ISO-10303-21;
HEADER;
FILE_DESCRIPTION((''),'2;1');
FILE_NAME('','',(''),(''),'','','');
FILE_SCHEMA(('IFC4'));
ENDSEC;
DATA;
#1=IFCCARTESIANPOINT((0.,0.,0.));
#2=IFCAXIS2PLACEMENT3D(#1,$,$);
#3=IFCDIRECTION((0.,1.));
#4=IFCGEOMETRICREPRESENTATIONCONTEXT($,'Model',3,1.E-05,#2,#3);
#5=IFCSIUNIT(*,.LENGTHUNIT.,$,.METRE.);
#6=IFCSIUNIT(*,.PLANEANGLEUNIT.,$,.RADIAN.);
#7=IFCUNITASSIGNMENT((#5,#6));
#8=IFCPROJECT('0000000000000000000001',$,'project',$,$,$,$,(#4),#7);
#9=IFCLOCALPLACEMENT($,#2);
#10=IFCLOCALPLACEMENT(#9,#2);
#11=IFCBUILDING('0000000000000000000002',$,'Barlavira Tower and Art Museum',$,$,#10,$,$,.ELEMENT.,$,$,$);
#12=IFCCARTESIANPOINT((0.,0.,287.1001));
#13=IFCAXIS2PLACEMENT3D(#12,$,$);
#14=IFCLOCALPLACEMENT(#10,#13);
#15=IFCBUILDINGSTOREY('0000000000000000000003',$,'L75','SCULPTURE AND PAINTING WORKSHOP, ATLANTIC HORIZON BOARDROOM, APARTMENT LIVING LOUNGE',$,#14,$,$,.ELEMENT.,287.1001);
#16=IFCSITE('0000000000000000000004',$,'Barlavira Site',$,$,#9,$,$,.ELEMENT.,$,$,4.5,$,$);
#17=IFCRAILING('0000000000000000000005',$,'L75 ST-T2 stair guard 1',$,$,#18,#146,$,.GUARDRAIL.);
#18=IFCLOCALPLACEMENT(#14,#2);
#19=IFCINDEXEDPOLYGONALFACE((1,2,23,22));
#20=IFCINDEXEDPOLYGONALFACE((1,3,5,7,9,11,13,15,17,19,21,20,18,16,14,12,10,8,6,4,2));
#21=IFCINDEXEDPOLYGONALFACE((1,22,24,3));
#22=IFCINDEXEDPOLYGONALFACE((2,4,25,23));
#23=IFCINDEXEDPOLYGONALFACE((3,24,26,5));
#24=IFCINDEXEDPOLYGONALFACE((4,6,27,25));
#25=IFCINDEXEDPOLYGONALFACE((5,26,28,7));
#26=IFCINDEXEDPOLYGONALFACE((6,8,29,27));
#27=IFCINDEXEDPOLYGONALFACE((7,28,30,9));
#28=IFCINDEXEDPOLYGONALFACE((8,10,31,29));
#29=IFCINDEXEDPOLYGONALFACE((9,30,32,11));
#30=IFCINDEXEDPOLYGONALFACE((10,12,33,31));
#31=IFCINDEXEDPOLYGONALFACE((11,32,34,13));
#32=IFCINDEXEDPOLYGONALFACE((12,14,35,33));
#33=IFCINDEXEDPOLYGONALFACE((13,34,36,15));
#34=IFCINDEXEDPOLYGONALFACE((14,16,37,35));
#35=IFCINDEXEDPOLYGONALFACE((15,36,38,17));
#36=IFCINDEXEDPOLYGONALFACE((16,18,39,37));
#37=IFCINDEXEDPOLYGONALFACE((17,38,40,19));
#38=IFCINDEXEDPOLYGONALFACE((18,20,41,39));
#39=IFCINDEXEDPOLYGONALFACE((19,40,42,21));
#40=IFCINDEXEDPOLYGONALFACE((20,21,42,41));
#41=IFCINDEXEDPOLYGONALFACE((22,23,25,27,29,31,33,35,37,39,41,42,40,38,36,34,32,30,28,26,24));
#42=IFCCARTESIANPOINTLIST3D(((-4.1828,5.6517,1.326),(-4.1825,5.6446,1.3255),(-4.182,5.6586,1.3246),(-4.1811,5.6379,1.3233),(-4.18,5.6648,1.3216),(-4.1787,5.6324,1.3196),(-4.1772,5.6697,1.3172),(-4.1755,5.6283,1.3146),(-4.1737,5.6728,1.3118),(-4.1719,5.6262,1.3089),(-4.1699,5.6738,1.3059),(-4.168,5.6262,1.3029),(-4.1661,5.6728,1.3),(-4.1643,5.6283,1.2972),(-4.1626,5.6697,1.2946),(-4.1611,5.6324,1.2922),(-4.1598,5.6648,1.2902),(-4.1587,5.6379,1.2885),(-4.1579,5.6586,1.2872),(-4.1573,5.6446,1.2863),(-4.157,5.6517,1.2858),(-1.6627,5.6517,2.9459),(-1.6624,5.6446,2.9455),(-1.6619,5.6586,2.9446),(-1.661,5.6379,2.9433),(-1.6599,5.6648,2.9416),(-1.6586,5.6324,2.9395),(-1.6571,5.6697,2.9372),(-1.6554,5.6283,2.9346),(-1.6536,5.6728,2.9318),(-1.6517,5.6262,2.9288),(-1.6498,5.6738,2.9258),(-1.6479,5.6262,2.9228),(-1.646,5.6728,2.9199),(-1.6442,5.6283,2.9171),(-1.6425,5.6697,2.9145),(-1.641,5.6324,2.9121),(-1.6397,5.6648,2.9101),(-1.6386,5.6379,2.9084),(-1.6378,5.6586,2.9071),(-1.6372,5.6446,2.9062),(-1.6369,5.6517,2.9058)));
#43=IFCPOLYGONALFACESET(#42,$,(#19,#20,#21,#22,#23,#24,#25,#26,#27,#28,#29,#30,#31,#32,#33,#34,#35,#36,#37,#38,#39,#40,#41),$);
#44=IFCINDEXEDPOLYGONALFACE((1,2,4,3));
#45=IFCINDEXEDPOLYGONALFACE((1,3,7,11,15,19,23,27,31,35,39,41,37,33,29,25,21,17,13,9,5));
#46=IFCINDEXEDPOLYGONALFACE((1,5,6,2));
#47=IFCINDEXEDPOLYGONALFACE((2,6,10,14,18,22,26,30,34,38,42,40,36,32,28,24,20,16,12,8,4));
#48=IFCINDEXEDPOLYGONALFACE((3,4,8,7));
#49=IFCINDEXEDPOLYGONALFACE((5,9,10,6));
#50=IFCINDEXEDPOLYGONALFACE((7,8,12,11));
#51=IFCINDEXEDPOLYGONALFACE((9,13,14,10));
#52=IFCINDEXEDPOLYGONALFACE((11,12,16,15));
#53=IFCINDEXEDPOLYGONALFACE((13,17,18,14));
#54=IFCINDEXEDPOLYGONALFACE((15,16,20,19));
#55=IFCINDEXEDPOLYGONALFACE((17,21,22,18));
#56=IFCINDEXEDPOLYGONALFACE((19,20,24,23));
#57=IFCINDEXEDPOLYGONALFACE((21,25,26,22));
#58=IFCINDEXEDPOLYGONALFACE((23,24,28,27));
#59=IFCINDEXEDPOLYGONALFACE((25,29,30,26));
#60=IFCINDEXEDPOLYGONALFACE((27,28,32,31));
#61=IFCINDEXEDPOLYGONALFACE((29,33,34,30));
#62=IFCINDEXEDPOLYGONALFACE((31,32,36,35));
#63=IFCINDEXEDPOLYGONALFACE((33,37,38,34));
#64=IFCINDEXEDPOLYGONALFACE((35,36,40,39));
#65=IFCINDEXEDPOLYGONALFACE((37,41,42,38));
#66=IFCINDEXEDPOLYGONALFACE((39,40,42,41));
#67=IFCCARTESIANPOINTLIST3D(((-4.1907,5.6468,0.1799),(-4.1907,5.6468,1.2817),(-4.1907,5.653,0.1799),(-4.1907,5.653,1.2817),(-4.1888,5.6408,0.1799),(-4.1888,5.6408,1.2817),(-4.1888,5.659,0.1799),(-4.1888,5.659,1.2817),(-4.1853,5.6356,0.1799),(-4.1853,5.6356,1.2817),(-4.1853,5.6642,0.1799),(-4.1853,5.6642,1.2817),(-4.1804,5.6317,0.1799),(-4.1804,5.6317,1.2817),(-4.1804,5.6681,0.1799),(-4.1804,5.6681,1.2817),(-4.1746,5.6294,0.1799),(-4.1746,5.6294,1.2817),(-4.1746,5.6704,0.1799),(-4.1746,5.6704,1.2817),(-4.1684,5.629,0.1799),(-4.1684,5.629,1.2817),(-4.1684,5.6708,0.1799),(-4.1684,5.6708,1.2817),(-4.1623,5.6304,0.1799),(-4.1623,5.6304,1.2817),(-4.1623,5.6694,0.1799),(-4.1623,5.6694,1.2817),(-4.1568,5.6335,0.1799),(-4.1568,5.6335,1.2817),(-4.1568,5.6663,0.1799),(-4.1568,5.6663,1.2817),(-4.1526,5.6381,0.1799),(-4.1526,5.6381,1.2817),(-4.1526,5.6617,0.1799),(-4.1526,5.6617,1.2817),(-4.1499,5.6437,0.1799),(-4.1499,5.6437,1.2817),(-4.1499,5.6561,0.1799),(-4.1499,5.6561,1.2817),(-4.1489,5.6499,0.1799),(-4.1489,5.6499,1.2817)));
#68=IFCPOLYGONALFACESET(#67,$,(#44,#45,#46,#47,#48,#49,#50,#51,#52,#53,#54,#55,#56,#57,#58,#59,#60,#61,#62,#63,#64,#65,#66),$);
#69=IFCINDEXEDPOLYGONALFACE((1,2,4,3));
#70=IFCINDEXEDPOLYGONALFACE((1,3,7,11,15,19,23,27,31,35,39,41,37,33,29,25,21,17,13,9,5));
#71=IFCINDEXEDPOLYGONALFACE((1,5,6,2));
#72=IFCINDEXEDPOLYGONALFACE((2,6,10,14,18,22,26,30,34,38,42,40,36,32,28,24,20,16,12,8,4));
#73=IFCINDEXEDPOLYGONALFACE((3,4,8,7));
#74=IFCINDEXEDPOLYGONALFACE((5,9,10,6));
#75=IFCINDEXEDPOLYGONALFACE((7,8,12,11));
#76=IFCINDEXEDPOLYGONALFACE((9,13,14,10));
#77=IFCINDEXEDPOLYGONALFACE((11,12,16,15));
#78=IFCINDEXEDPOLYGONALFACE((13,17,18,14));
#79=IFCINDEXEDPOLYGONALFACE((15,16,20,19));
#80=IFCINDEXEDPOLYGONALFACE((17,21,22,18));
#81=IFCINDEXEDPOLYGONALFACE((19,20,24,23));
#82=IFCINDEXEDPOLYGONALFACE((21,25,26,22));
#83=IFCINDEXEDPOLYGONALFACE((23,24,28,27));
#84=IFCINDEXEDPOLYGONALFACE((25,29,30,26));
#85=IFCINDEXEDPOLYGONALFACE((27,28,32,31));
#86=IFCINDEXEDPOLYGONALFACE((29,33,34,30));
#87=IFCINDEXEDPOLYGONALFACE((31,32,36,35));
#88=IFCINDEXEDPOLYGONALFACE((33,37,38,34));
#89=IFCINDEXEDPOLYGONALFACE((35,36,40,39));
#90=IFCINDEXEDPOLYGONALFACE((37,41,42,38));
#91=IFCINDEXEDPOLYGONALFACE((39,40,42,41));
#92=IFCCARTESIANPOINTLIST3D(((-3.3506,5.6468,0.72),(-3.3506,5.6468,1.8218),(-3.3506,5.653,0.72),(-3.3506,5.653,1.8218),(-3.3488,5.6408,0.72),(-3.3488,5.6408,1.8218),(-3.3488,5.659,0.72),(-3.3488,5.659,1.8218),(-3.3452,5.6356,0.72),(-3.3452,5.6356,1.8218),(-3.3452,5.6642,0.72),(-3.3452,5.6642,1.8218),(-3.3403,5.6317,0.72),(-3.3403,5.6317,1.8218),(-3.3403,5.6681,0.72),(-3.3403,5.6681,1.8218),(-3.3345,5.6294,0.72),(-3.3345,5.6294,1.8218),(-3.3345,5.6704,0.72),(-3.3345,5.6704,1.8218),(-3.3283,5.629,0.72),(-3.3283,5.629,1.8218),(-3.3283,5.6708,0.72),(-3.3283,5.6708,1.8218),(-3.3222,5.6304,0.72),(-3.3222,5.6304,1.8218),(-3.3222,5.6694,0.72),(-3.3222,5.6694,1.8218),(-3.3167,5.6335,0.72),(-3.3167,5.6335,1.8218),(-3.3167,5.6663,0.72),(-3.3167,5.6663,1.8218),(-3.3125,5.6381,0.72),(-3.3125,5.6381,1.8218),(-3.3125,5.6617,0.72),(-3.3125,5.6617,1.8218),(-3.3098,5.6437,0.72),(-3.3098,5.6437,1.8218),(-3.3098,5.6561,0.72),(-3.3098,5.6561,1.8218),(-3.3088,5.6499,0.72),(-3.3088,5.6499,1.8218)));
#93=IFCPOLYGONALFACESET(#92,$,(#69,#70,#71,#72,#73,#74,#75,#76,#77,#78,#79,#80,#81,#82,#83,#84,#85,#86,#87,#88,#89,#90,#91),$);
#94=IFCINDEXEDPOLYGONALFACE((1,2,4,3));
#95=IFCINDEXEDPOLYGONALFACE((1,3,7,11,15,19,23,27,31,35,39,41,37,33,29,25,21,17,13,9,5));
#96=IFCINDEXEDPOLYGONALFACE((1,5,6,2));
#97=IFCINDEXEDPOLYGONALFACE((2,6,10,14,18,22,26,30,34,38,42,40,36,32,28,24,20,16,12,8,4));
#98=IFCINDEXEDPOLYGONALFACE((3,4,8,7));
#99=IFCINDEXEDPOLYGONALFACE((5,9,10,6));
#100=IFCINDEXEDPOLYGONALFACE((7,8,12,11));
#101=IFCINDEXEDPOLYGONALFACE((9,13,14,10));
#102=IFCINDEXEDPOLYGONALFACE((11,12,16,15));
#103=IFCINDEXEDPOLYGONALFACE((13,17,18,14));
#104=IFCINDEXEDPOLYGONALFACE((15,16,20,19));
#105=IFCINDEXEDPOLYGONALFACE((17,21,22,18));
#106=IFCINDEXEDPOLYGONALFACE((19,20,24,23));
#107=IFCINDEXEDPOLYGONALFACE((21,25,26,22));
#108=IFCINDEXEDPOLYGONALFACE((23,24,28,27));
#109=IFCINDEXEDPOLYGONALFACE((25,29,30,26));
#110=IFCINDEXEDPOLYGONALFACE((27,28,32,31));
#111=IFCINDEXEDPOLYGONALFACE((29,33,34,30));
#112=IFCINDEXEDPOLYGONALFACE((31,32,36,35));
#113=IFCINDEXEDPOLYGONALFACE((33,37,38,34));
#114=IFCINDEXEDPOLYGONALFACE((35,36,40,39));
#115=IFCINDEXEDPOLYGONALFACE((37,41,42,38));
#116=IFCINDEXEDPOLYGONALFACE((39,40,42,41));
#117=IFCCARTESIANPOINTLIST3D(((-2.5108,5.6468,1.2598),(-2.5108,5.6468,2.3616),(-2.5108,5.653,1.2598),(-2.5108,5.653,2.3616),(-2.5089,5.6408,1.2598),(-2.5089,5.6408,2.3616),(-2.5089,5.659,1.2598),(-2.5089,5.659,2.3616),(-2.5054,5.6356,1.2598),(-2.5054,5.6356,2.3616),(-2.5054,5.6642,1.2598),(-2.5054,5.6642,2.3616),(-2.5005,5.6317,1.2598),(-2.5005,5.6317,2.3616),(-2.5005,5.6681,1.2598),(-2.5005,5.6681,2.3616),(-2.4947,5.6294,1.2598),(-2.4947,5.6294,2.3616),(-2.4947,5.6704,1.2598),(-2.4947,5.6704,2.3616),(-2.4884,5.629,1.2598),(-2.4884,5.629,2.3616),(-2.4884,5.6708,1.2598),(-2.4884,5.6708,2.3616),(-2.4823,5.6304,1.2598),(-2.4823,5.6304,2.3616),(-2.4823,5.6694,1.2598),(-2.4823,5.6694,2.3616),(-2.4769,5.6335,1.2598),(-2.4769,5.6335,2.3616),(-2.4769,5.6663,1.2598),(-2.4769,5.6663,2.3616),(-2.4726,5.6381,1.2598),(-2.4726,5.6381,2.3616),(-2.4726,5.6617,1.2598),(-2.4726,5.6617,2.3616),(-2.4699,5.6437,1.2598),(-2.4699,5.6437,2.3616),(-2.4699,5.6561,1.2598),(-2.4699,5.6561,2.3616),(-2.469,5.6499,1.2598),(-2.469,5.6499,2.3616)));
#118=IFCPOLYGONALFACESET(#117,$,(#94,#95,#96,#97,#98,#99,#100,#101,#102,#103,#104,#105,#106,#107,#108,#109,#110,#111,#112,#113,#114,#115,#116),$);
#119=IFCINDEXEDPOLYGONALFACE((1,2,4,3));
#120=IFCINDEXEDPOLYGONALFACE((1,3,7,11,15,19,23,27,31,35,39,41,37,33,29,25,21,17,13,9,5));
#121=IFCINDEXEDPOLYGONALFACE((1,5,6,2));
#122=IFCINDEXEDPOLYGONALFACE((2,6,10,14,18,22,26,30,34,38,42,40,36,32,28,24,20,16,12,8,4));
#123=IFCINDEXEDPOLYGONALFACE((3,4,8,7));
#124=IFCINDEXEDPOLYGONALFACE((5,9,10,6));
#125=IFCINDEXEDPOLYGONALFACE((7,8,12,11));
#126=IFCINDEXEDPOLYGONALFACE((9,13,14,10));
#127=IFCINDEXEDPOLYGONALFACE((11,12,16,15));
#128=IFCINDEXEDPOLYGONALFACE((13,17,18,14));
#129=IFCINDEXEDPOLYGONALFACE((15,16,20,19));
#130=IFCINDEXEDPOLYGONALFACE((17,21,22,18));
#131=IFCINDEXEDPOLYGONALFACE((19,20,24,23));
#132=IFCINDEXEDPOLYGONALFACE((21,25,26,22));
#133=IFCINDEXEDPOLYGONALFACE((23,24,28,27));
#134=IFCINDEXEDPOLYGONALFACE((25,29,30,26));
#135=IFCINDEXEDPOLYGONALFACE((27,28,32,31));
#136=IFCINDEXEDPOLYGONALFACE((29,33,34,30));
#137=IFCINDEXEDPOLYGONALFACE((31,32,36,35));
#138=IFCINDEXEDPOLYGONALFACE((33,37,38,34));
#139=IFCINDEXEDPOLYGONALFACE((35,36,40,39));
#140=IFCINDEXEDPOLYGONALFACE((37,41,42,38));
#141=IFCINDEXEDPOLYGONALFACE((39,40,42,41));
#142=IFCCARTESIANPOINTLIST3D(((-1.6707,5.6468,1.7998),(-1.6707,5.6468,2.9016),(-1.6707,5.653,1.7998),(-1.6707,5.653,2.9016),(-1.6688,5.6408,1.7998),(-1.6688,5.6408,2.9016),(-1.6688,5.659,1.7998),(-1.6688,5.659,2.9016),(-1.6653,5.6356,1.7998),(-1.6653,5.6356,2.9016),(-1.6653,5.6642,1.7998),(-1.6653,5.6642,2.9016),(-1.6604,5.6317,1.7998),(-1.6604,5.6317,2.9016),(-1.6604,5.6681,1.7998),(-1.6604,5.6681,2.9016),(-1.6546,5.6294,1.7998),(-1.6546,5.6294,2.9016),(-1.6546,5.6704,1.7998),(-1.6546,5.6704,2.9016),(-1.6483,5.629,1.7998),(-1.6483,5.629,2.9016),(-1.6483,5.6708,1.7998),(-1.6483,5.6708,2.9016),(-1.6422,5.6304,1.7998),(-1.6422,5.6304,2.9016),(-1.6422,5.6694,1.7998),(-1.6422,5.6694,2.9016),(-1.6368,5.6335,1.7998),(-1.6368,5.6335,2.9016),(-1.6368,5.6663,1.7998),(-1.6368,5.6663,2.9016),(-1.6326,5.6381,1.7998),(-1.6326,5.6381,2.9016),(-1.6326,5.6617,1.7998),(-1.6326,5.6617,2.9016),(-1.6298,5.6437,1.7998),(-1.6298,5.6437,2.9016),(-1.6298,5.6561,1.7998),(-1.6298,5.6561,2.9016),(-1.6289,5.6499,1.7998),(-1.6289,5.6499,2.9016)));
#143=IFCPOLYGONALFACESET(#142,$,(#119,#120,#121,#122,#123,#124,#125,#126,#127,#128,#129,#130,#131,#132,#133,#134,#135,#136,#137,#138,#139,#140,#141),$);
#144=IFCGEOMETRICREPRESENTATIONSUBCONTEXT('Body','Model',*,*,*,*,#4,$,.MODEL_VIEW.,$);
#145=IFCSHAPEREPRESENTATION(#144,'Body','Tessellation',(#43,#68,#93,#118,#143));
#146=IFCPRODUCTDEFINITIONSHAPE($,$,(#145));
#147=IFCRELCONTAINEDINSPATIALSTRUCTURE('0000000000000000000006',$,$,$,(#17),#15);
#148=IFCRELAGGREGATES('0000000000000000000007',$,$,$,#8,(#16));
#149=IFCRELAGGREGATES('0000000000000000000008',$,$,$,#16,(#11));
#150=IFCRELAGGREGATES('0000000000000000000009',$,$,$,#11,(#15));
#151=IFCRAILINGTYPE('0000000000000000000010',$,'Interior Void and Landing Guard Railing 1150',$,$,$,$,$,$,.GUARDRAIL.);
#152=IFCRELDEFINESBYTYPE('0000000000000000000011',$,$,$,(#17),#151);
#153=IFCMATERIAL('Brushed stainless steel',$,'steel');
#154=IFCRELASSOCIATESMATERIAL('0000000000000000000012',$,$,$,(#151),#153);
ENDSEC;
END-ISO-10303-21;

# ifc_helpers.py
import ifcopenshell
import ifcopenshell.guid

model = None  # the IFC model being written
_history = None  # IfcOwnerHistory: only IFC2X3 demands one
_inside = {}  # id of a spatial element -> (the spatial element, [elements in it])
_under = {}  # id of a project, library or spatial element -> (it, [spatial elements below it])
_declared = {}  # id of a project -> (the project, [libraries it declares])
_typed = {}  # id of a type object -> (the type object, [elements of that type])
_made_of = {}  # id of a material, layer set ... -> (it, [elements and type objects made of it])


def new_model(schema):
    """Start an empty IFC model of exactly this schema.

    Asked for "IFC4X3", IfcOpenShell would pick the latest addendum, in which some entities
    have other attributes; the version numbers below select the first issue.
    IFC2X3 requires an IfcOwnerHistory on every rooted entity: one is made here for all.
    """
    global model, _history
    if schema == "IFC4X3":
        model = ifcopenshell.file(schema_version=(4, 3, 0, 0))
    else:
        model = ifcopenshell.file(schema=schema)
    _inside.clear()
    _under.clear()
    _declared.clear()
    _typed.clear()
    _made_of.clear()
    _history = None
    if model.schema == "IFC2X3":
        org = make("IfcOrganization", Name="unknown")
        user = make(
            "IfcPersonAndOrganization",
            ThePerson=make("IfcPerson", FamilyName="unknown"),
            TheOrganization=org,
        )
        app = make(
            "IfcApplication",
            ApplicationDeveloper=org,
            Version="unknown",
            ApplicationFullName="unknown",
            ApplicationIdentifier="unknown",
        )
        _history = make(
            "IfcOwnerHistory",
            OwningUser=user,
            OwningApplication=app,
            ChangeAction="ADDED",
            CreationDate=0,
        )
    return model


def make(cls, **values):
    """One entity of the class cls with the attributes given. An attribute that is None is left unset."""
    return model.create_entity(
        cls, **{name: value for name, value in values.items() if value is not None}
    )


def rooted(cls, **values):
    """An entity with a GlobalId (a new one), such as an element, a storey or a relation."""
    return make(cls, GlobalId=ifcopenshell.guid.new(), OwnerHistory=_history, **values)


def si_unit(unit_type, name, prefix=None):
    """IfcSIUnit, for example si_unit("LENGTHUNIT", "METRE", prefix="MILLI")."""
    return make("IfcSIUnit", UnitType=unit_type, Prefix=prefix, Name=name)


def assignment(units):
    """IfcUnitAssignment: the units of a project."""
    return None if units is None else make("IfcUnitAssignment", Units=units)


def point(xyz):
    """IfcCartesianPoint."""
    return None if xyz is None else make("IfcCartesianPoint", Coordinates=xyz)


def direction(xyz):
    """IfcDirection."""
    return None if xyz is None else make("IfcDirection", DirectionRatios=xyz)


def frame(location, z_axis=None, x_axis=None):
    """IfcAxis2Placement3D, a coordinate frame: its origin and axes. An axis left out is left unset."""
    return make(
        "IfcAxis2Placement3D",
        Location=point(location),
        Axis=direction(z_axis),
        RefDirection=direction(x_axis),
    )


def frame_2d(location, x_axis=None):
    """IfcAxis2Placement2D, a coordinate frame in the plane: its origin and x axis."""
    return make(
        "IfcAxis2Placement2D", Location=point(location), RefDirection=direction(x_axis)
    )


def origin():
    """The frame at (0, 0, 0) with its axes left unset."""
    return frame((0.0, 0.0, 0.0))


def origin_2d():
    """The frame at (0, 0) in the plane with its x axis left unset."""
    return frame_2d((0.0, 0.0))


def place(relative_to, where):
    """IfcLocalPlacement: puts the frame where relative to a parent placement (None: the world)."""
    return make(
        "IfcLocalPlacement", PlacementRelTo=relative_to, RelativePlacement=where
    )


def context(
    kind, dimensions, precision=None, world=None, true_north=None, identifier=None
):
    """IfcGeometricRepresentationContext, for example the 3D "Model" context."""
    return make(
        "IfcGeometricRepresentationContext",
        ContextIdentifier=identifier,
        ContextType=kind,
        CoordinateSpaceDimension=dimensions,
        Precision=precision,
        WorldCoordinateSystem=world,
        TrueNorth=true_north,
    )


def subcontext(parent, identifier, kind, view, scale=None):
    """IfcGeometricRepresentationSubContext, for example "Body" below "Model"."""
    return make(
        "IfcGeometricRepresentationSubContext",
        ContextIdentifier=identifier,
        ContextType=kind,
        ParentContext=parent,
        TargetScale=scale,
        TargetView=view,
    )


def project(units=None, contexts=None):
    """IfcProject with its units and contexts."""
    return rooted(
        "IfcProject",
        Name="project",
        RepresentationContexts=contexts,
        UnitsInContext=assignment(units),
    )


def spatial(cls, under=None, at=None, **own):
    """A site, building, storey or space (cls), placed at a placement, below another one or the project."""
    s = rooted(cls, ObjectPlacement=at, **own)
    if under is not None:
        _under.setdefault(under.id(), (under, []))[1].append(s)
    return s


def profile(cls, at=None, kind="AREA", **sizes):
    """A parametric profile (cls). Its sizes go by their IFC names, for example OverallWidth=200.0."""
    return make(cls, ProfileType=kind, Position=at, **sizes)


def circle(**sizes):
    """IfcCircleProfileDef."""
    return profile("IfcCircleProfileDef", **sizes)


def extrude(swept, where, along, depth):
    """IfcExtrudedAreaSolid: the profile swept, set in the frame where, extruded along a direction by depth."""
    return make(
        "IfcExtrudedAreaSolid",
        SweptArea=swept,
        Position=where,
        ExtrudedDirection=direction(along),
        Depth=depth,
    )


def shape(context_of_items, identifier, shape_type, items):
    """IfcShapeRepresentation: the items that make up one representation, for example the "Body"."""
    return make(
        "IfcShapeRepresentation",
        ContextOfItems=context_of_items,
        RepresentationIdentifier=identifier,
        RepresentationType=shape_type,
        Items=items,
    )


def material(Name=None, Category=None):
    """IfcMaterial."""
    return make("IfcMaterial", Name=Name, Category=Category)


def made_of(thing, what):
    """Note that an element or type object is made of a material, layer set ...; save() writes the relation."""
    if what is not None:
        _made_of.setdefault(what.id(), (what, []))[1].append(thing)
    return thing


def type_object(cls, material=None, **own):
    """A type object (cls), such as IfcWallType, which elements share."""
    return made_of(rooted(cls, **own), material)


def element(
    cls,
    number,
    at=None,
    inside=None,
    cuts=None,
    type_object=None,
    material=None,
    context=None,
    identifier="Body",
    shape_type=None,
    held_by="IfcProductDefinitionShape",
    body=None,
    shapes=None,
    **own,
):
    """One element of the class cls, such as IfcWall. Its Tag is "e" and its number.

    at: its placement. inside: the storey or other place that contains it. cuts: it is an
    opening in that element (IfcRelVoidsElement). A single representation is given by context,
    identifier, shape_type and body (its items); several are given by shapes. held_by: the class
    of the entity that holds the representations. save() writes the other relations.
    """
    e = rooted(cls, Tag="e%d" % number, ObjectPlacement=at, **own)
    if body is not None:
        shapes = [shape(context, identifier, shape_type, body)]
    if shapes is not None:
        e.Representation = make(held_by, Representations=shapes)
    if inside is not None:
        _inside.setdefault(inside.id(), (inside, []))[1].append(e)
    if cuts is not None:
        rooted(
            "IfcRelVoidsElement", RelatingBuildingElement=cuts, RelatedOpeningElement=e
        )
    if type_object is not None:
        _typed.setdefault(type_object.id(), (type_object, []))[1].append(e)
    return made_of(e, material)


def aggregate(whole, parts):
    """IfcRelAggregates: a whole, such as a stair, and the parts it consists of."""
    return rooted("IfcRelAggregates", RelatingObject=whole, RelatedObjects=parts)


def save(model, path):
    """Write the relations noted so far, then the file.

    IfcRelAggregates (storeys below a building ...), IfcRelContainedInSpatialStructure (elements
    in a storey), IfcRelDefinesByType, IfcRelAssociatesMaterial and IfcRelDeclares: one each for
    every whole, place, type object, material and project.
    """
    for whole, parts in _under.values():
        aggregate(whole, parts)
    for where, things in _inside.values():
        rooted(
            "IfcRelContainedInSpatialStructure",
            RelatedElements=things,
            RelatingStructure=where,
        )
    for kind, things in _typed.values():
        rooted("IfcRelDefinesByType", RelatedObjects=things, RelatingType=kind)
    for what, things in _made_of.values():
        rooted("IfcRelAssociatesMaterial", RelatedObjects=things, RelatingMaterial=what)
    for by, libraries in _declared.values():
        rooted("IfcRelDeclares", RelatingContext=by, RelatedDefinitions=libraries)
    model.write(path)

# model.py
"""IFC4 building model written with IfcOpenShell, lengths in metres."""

from ifc_helpers import new_model, si_unit, direction, frame, origin, origin_2d, place, context, subcontext, project, spatial, circle, extrude, material, type_object, element, save


model = new_model("IFC4")

# Units and contexts
model_context = context("Model", 3, precision=1e-05, world=origin(), true_north=direction((0.0, 1.0)))
body_context = subcontext(model_context, "Body", "Model", "MODEL_VIEW")
ifc_project = project(units=[si_unit("LENGTHUNIT", "METRE"), si_unit("PLANEANGLEUNIT", "RADIAN")], contexts=[model_context])

# Site, building, storey
site_placement = place(None, origin())
site = spatial("IfcSite", under=ifc_project, at=site_placement, Name="Barlavira Site", CompositionType="ELEMENT", RefElevation=4.5)
building_placement = place(site_placement, origin())
building = spatial("IfcBuilding", under=site, at=building_placement, Name="Barlavira Tower and Art Museum", CompositionType="ELEMENT")
storey_placement = place(building_placement, frame((0.0, 0.0, 287.1001)))
storey = spatial("IfcBuildingStorey", under=building, at=storey_placement, Name="L75", Description="SCULPTURE AND PAINTING WORKSHOP, ATLANTIC HORIZON BOARDROOM, APARTMENT LIVING LOUNGE", CompositionType="ELEMENT", Elevation=287.1001)

# Shared definitions
ifc_material_1 = material(Name="Brushed stainless steel", Category="steel")

# Railing
railing_type_1 = type_object("IfcRailingType", Name="Interior Void and Landing Guard Railing 1150", PredefinedType="GUARDRAIL", material=ifc_material_1)
railing_1_placement = place(storey_placement, frame((-4.1699, 5.6499, 0.1799)))
element("IfcRailing", 1, at=railing_1_placement, inside=storey, type_object=railing_type_1, Name="L75 ST-T2 stair guard 1", PredefinedType="GUARDRAIL", context=body_context, shape_type="SweptSolid", body=[
    extrude(circle(Radius=0.0239, at=origin_2d()), frame((0.0, 0.0, 1.126), z_axis=(0.8412, 0.0, 0.540725), x_axis=(0.0, 1.0, 0.0)), (0.0, 0.0, 1.0), 2.9958),
    extrude(circle(Radius=0.021, at=origin_2d()), origin(), (0.0, 0.0, 1.0), 1.1018),
    extrude(circle(Radius=0.021, at=origin_2d()), frame((0.8401, 0.0, 0.54)), (0.0, 0.0, 1.0), 1.1018),
    extrude(circle(Radius=0.021, at=origin_2d()), frame((1.6799, 0.0, 1.0798)), (0.0, 0.0, 1.0), 1.1018),
    extrude(circle(Radius=0.021, at=origin_2d()), frame((2.52, 0.0, 1.6199)), (0.0, 0.0, 1.0), 1.1018),
])

save(model, "model.ifc")
